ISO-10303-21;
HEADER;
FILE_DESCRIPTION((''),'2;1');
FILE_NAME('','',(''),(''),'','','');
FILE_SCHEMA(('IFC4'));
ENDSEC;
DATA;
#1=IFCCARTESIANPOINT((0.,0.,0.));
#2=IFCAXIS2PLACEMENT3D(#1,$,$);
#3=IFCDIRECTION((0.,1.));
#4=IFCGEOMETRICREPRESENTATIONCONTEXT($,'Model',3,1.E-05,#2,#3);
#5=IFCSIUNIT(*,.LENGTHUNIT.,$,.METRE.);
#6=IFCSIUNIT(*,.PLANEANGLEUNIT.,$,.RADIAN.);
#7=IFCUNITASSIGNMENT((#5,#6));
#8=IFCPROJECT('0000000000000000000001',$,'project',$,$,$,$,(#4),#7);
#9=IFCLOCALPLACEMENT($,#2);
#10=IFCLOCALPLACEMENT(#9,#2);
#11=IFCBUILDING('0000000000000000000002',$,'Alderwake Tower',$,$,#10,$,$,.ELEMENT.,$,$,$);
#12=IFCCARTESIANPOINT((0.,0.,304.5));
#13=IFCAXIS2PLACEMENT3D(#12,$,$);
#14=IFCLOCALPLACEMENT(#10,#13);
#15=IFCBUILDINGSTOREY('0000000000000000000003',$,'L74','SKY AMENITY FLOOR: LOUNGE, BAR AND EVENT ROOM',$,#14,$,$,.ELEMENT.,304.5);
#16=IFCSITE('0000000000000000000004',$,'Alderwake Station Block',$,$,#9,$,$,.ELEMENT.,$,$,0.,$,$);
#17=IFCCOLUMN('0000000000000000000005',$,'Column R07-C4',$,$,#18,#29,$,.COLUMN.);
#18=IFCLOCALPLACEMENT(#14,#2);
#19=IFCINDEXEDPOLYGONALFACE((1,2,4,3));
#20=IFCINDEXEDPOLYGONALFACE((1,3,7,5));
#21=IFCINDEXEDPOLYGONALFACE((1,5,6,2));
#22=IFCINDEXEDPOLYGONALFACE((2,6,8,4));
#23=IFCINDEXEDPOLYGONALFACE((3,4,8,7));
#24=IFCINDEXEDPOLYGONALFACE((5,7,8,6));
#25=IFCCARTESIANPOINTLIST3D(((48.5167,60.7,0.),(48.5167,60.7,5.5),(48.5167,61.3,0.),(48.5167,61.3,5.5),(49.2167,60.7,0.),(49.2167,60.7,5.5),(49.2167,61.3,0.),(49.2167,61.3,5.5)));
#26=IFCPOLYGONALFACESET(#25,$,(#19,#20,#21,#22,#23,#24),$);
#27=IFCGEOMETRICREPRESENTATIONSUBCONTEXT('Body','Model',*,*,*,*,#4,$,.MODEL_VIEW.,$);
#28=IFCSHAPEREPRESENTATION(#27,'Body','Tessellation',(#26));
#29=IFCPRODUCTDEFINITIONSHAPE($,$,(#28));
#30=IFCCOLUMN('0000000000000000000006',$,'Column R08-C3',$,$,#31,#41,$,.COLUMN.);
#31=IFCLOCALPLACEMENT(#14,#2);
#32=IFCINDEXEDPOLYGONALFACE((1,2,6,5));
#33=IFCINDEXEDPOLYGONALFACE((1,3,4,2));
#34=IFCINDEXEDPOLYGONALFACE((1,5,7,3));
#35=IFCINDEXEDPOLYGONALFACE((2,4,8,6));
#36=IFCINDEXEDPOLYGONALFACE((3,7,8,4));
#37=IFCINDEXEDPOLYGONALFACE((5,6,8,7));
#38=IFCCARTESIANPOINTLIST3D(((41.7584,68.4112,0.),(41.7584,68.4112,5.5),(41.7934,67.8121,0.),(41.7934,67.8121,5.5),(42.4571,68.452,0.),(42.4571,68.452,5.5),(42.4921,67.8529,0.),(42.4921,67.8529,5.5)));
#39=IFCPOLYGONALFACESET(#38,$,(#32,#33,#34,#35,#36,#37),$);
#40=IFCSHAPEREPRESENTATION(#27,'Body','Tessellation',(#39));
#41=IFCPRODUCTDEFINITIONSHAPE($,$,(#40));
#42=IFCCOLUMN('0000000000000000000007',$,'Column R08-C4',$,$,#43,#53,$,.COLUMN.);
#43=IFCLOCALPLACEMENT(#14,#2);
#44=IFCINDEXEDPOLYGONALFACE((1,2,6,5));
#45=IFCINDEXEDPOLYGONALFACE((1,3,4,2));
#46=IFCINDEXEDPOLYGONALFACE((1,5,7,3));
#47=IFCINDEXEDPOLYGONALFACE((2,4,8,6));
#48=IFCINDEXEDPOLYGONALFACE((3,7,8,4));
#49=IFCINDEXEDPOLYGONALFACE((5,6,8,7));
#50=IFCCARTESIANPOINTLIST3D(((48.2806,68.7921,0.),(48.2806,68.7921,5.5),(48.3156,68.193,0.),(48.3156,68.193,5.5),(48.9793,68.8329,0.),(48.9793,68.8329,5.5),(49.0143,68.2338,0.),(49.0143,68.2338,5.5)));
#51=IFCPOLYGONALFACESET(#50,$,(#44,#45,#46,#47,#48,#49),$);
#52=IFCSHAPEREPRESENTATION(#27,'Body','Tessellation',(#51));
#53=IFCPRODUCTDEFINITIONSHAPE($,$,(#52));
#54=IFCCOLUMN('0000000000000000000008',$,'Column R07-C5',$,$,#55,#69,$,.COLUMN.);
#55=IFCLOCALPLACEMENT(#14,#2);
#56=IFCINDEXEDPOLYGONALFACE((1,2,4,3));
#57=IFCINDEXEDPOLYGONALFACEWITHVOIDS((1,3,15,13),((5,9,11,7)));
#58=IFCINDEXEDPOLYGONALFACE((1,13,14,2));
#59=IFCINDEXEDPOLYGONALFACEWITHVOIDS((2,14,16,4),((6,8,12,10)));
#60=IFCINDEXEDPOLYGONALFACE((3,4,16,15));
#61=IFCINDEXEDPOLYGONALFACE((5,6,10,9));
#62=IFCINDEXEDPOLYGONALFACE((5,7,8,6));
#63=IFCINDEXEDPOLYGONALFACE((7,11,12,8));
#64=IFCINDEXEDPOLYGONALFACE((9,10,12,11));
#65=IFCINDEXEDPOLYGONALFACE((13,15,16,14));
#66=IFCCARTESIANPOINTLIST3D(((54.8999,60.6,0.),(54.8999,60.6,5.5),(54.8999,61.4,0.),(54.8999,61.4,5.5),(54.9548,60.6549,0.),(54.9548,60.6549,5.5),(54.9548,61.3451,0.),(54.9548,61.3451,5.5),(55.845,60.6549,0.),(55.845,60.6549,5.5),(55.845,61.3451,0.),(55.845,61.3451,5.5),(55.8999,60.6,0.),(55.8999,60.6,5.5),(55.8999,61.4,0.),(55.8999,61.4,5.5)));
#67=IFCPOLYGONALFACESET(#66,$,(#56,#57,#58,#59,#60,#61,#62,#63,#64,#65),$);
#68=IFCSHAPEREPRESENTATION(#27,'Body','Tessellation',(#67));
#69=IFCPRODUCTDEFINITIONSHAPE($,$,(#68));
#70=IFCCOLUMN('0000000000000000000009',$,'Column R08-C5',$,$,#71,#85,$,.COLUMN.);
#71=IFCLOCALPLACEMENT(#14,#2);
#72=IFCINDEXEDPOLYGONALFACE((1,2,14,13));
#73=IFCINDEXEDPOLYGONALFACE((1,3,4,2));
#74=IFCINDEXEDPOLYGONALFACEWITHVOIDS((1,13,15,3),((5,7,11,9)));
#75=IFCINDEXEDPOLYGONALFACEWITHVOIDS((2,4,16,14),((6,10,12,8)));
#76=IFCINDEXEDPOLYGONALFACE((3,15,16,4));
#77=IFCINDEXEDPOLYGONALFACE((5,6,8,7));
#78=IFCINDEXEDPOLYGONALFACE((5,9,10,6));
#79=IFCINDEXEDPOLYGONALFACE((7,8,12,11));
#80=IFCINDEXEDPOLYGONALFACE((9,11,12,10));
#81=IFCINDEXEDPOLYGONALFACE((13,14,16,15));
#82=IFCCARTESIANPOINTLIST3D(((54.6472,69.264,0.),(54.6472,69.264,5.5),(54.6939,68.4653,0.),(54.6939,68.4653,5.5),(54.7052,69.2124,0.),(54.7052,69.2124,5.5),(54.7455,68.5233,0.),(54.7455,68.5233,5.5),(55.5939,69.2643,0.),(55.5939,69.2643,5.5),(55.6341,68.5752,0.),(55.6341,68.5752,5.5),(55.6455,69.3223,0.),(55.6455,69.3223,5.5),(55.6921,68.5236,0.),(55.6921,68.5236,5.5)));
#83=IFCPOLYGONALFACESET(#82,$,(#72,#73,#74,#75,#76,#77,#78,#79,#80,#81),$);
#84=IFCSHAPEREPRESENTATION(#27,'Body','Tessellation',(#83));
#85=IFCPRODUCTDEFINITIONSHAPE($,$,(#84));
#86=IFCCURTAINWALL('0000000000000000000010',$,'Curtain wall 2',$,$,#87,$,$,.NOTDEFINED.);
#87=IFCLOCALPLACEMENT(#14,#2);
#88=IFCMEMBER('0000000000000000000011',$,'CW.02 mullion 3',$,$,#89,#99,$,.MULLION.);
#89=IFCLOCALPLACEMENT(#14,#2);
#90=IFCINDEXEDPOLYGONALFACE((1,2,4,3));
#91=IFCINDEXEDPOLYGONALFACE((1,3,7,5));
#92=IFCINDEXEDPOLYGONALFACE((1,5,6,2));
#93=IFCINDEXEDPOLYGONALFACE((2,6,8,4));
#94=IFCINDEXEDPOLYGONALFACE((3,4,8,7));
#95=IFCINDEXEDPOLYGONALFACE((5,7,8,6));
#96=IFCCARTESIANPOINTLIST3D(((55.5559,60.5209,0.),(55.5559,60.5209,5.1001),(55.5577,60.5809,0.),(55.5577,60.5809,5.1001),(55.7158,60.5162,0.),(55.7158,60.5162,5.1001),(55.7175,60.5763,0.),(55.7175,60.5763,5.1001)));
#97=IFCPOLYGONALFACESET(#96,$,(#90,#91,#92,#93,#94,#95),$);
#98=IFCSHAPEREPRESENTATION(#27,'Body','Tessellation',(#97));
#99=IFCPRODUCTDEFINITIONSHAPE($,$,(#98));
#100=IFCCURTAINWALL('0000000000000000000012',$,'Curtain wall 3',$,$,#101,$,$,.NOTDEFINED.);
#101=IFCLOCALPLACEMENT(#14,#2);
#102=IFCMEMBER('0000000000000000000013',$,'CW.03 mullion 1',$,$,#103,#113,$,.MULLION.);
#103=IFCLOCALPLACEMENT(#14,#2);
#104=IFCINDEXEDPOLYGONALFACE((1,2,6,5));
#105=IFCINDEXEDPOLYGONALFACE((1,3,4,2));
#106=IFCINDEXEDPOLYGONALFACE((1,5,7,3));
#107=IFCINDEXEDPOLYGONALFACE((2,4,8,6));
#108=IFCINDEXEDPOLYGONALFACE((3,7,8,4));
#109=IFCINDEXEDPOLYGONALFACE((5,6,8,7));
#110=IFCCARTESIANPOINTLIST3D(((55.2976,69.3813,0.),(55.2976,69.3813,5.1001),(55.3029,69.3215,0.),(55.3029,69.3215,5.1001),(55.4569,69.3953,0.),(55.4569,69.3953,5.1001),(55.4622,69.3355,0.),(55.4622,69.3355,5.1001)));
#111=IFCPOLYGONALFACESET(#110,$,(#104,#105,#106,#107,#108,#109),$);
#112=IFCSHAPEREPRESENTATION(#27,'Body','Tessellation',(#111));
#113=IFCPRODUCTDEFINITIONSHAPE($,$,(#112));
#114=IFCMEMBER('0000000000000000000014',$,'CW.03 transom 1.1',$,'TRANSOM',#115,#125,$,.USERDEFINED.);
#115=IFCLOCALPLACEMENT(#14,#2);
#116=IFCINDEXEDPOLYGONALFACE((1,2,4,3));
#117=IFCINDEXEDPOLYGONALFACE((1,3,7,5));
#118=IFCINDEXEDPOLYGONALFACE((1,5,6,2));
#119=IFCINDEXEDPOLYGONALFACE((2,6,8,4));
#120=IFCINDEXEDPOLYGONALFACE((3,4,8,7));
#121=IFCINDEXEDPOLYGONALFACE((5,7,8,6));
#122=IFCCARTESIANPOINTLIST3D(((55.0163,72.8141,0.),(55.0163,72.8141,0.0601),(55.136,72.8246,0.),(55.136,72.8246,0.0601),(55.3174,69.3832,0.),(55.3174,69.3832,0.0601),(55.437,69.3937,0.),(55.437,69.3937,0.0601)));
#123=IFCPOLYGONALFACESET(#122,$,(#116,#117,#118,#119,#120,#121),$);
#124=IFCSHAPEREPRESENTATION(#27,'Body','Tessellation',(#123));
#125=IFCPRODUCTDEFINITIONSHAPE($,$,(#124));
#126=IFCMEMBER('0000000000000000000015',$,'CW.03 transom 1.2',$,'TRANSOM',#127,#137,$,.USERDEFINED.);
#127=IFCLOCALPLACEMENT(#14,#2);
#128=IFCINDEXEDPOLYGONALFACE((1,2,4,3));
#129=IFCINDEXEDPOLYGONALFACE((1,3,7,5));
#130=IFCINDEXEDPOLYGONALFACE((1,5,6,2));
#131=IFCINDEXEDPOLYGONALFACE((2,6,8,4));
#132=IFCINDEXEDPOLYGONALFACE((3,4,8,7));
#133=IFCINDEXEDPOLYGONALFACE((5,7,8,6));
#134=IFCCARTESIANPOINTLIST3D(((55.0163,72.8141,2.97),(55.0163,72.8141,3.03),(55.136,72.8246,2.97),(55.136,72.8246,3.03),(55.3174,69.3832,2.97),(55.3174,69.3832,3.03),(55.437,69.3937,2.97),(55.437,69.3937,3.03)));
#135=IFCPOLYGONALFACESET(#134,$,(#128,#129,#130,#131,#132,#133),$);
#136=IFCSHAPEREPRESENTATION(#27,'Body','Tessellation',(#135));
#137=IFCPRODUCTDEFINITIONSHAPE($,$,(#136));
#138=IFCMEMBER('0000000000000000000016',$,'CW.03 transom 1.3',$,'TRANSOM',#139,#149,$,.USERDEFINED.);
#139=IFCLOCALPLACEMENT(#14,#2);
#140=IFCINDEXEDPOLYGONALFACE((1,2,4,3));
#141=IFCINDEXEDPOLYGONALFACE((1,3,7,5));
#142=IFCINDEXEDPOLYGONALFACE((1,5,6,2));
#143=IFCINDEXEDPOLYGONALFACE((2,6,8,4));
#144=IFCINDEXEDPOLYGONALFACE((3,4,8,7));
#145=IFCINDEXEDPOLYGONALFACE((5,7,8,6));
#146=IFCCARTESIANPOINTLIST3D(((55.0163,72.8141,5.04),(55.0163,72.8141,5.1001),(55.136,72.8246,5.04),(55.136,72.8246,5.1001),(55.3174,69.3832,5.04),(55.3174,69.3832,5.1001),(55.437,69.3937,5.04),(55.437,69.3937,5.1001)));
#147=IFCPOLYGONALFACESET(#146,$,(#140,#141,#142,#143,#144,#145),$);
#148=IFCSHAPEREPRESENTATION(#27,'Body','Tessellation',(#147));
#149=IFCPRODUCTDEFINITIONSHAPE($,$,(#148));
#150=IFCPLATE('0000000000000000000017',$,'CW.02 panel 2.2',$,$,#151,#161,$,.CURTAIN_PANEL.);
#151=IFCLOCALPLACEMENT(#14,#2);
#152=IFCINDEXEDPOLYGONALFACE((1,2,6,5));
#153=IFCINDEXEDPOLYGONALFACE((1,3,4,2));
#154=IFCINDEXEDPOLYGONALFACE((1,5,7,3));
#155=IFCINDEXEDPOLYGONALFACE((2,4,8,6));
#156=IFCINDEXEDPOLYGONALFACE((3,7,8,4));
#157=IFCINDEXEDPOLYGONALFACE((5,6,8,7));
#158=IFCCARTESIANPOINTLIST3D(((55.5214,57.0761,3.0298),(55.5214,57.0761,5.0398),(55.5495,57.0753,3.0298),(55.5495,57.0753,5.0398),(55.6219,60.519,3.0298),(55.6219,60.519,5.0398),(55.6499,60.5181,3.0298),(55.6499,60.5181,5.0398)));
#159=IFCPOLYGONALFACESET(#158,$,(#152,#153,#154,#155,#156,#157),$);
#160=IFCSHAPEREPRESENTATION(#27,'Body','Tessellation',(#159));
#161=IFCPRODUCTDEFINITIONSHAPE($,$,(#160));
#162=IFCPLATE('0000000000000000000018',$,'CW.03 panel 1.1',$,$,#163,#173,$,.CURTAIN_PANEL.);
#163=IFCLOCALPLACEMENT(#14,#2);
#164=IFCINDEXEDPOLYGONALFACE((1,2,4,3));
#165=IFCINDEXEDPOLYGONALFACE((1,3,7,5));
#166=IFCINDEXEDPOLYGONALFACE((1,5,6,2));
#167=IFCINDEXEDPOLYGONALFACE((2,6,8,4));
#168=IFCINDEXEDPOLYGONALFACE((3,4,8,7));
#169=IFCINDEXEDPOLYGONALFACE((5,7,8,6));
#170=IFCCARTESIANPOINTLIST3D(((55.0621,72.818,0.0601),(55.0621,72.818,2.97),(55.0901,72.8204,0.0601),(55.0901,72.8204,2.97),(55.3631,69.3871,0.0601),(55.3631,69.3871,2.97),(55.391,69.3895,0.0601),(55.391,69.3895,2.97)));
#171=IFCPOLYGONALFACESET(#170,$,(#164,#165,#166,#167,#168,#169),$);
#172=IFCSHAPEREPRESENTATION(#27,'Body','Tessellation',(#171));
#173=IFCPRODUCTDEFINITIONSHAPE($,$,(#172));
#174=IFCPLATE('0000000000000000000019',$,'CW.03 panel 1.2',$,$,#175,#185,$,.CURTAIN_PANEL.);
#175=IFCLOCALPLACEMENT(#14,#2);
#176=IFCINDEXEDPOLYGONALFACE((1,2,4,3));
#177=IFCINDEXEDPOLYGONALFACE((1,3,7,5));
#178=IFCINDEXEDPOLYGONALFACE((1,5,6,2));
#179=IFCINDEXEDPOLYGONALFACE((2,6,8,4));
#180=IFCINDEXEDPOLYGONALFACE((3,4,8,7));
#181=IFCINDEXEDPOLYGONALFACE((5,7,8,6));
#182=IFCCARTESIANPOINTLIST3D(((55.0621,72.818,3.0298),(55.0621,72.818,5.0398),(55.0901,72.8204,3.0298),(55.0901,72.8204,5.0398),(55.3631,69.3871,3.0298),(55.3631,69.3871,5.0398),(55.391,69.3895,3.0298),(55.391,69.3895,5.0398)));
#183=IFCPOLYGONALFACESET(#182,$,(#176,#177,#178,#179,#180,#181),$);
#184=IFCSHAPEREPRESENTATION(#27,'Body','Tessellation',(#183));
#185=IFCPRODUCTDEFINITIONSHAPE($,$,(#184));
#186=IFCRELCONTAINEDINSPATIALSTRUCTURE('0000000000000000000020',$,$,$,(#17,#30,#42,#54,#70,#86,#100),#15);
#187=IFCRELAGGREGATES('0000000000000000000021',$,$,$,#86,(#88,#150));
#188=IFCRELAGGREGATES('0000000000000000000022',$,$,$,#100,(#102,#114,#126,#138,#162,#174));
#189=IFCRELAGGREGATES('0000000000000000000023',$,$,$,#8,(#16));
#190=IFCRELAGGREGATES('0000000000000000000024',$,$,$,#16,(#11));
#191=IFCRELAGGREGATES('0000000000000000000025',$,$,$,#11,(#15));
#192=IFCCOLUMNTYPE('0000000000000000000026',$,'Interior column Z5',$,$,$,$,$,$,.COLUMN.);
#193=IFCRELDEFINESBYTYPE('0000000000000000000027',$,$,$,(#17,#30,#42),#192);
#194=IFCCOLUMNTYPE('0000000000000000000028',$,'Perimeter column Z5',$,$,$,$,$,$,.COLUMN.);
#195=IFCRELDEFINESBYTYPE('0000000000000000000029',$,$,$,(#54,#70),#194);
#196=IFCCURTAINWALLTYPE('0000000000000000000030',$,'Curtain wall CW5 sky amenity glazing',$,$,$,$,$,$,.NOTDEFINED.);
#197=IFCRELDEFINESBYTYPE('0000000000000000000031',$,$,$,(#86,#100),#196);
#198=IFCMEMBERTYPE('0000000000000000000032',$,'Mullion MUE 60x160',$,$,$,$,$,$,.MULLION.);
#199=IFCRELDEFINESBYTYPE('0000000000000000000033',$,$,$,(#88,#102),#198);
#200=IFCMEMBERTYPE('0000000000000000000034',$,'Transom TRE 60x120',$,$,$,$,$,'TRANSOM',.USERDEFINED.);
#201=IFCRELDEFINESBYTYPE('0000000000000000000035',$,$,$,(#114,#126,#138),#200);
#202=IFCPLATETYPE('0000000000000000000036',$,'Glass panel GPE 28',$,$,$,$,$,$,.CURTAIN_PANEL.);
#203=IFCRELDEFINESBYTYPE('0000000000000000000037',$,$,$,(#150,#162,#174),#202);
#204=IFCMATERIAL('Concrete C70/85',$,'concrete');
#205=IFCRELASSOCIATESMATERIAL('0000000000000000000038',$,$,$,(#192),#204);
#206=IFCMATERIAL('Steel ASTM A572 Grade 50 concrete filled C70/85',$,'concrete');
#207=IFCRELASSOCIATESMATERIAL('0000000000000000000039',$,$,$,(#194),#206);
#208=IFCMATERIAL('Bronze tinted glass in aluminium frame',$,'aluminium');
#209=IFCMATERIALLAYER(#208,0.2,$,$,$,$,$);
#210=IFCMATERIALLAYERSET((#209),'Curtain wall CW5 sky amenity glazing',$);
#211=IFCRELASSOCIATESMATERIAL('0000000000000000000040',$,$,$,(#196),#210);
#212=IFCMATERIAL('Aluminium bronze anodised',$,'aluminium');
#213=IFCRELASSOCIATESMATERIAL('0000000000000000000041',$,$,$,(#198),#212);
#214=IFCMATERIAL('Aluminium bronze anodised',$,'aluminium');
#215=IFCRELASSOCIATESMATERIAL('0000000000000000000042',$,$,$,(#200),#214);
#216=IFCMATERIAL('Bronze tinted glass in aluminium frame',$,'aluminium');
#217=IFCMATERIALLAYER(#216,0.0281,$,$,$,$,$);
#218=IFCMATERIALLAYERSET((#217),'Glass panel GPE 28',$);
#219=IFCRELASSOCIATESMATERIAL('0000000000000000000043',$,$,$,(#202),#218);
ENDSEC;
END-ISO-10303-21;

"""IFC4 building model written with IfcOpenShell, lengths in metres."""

from ifc_helpers import new_model, si_unit, direction, frame, origin, origin_2d, place, context, subcontext, project, spatial, rectangle, hollow_rectangle, extrude, material, layer, layer_set, material_profile, profile_set, type_object, element, aggregate, save


model = new_model("IFC4")

# Units and contexts
model_context = context("Model", 3, precision=1e-05, world=origin(), true_north=direction((0.0, 1.0)))
body_context = subcontext(model_context, "Body", "Model", "MODEL_VIEW")
ifc_project = project(units=[si_unit("LENGTHUNIT", "METRE"), si_unit("PLANEANGLEUNIT", "RADIAN")], contexts=[model_context])

# Site, building, storey
site_placement = place(None, origin())
site = spatial("IfcSite", under=ifc_project, at=site_placement, Name="Alderwake Station Block", CompositionType="ELEMENT", RefElevation=0.0)
building_placement = place(site_placement, origin())
building = spatial("IfcBuilding", under=site, at=building_placement, Name="Alderwake Tower", CompositionType="ELEMENT")
storey_placement = place(building_placement, frame((0.0, 0.0, 304.5)))
storey = spatial("IfcBuildingStorey", under=building, at=storey_placement, Name="L74", Description="SKY AMENITY FLOOR: LOUNGE, BAR AND EVENT ROOM", CompositionType="ELEMENT", Elevation=304.5)

# Columns
ifc_material_1 = material(Name="Concrete C70/85", Category="concrete")
ifc_material_profile_1 = material_profile(ifc_material_1, rectangle(XDim=0.6001, YDim=0.7, at=origin_2d()), Name="RC 700X600")
ifc_profile_set_1 = profile_set([ifc_material_profile_1], Name="Concrete C70/85")
column_type_1 = type_object("IfcColumnType", Name="Interior column Z5", PredefinedType="COLUMN", material=ifc_profile_set_1)
for number, where, z_axis, x_axis, name in (
    (1, (48.8667, 61.0, 0.0), (0.0, 0.0, 1.0), (0.0, 1.0, 0.0), "Column R07-C4"),
    (2, (42.1252, 68.1321, 0.0), (0.0, 0.0, 1.0), (-0.058301, 0.998299, 0.0), "Column R08-C3"),
    (3, (48.6475, 68.5129, 0.0), (0.0, 0.0, 1.0), (-0.058301, 0.998299, 0.0), "Column R08-C4"),
):
    element("IfcColumn", number, at=place(storey_placement, frame(where, z_axis=z_axis, x_axis=x_axis)), inside=storey, type_object=column_type_1, Name=name, PredefinedType="COLUMN", context=body_context, shape_type="SweptSolid", body=[
        extrude(rectangle(XDim=0.6001, YDim=0.7, at=origin_2d()), origin(), (0.0, 0.0, 1.0), 5.5),
    ])
ifc_material_2 = material(Name="Steel ASTM A572 Grade 50 concrete filled C70/85", Category="concrete")
ifc_material_profile_2 = material_profile(ifc_material_2, hollow_rectangle(XDim=0.8, YDim=1.0, WallThickness=0.0549, at=origin_2d()), Name="BOX 1000X800X55")
ifc_profile_set_2 = profile_set([ifc_material_profile_2], Name="Steel ASTM A572 Grade 50 concrete filled C70/85")
column_type_2 = type_object("IfcColumnType", Name="Perimeter column Z5", PredefinedType="COLUMN", material=ifc_profile_set_2)
for number, where, z_axis, x_axis, name in (
    (4, (55.3999, 61.0, 0.0), (0.0, 0.0, 1.0), (0.0, 1.0, 0.0), "Column R07-C5"),
    (5, (55.1697, 68.8938, 0.0), (0.0, 0.0, 1.0), (-0.058301, 0.998299, 0.0), "Column R08-C5"),
):
    element("IfcColumn", number, at=place(storey_placement, frame(where, z_axis=z_axis, x_axis=x_axis)), inside=storey, type_object=column_type_2, Name=name, PredefinedType="COLUMN", context=body_context, shape_type="SweptSolid", body=[
        extrude(hollow_rectangle(XDim=0.8, YDim=1.0, WallThickness=0.0549, at=origin_2d()), origin(), (0.0, 0.0, 1.0), 5.5),
    ])

# Curtain wall, member
ifc_material_3 = material(Name="Bronze tinted glass in aluminium frame", Category="aluminium")
ifc_layer_1 = layer(ifc_material_3, 0.2)
ifc_layer_set_1 = layer_set([ifc_layer_1], Name="Curtain wall CW5 sky amenity glazing")
curtain_wall_type = type_object("IfcCurtainWallType", Name="Curtain wall CW5 sky amenity glazing", PredefinedType="NOTDEFINED", material=ifc_layer_set_1)
curtain_wall_1_placement = place(storey_placement, origin())
curtain_wall_1 = element("IfcCurtainWall", 6, at=curtain_wall_1_placement, inside=storey, type_object=curtain_wall_type, Name="Curtain wall 2", PredefinedType="NOTDEFINED")
ifc_material_4 = material(Name="Aluminium bronze anodised", Category="aluminium")
ifc_material_profile_3 = material_profile(ifc_material_4, rectangle(XDim=0.1599, YDim=0.0601, at=origin_2d()), Name="Mullion MUE 60x160")
ifc_profile_set_3 = profile_set([ifc_material_profile_3], Name="Aluminium bronze anodised")
member_type_1 = type_object("IfcMemberType", Name="Mullion MUE 60x160", PredefinedType="MULLION", material=ifc_profile_set_3)
member_1_placement = place(storey_placement, frame((55.6367, 60.5486, 0.0), z_axis=(0.0, 0.0, 1.0), x_axis=(-0.999575, 0.029158, 0.0)))
member_1 = element("IfcMember", 7, at=member_1_placement, type_object=member_type_1, Name="CW.02 mullion 3", PredefinedType="MULLION", context=body_context, shape_type="SweptSolid", body=[
    extrude(rectangle(XDim=0.1599, YDim=0.0601, at=origin_2d()), origin(), (0.0, 0.0, 1.0), 5.1001),
])

# Curtain wall, members
curtain_wall_2_placement = place(storey_placement, origin())
curtain_wall_2 = element("IfcCurtainWall", 8, at=curtain_wall_2_placement, inside=storey, type_object=curtain_wall_type, Name="Curtain wall 3", PredefinedType="NOTDEFINED")
member_2_placement = place(storey_placement, frame((55.3799, 69.3584, 0.0), z_axis=(0.0, 0.0, 1.0), x_axis=(-0.996174, -0.08739, 0.0)))
member_2 = element("IfcMember", 9, at=member_2_placement, type_object=member_type_1, Name="CW.03 mullion 1", PredefinedType="MULLION", context=body_context, shape_type="SweptSolid", body=[
    extrude(rectangle(XDim=0.1599, YDim=0.0601, at=origin_2d()), origin(), (0.0, 0.0, 1.0), 5.1001),
])
ifc_material_5 = material(Name="Aluminium bronze anodised", Category="aluminium")
ifc_material_profile_4 = material_profile(ifc_material_5, rectangle(XDim=0.1201, YDim=0.0601, at=origin_2d()), Name="Transom TRE 60x120")
ifc_profile_set_4 = profile_set([ifc_material_profile_4], Name="Aluminium bronze anodised")
member_type_2 = type_object("IfcMemberType", Name="Transom TRE 60x120", ElementType="TRANSOM", PredefinedType="USERDEFINED", material=ifc_profile_set_4)
member_3_placement = place(storey_placement, frame((55.3772, 69.3884, 0.03), z_axis=(-0.087403, 0.996173, 0.0), x_axis=(-0.996173, -0.087403, 0.0)))
member_3 = element("IfcMember", 10, at=member_3_placement, type_object=member_type_2, Name="CW.03 transom 1.1", ObjectType="TRANSOM", PredefinedType="USERDEFINED", context=body_context, shape_type="SweptSolid", body=[
    extrude(rectangle(XDim=0.1201, YDim=0.0601, at=origin_2d()), origin(), (0.0, 0.0, 1.0), 3.4441),
])
member_4_placement = place(storey_placement, frame((55.3772, 69.3884, 3.0), z_axis=(-0.087403, 0.996173, 0.0), x_axis=(-0.996173, -0.087403, 0.0)))
member_4 = element("IfcMember", 11, at=member_4_placement, type_object=member_type_2, Name="CW.03 transom 1.2", ObjectType="TRANSOM", PredefinedType="USERDEFINED", context=body_context, shape_type="SweptSolid", body=[
    extrude(rectangle(XDim=0.1201, YDim=0.0601, at=origin_2d()), origin(), (0.0, 0.0, 1.0), 3.4441),
])
member_5_placement = place(storey_placement, frame((55.3772, 69.3884, 5.0701), z_axis=(-0.087403, 0.996173, 0.0), x_axis=(-0.996173, -0.087403, 0.0)))
member_5 = element("IfcMember", 12, at=member_5_placement, type_object=member_type_2, Name="CW.03 transom 1.3", ObjectType="TRANSOM", PredefinedType="USERDEFINED", context=body_context, shape_type="SweptSolid", body=[
    extrude(rectangle(XDim=0.1201, YDim=0.0601, at=origin_2d()), origin(), (0.0, 0.0, 1.0), 3.4441),
])

# Plates
ifc_material_6 = material(Name="Bronze tinted glass in aluminium frame", Category="aluminium")
ifc_layer_2 = layer(ifc_material_6, 0.0281)
ifc_layer_set_2 = layer_set([ifc_layer_2], Name="Glass panel GPE 28")
plate_type = type_object("IfcPlateType", Name="Glass panel GPE 28", PredefinedType="CURTAIN_PANEL", material=ifc_layer_set_2)
plate_1_placement = place(storey_placement, frame((55.5857, 58.7971, 3.0298), z_axis=(0.0, 0.0, 1.0), x_axis=(0.029158, 0.999575, 0.0)))
plate_1 = element("IfcPlate", 13, at=plate_1_placement, type_object=plate_type, Name="CW.02 panel 2.2", PredefinedType="CURTAIN_PANEL", context=body_context, shape_type="SweptSolid", body=[
    extrude(rectangle(XDim=3.4443, YDim=0.0281, at=origin_2d()), origin(), (0.0, 0.0, 1.0), 2.01),
])
aggregate(curtain_wall_1, [member_1, plate_1])
plate_2_placement = place(storey_placement, frame((55.2266, 71.1038, 0.0601), z_axis=(0.0, 0.0, 1.0), x_axis=(-0.08739, 0.996174, 0.0)))
plate_2 = element("IfcPlate", 14, at=plate_2_placement, type_object=plate_type, Name="CW.03 panel 1.1", PredefinedType="CURTAIN_PANEL", context=body_context, shape_type="SweptSolid", body=[
    extrude(rectangle(XDim=3.4441, YDim=0.0281, at=origin_2d()), origin(), (0.0, 0.0, 1.0), 2.9099),
])
plate_3_placement = place(storey_placement, frame((55.2266, 71.1038, 3.0298), z_axis=(0.0, 0.0, 1.0), x_axis=(-0.08739, 0.996174, 0.0)))
plate_3 = element("IfcPlate", 15, at=plate_3_placement, type_object=plate_type, Name="CW.03 panel 1.2", PredefinedType="CURTAIN_PANEL", context=body_context, shape_type="SweptSolid", body=[
    extrude(rectangle(XDim=3.4441, YDim=0.0281, at=origin_2d()), origin(), (0.0, 0.0, 1.0), 2.01),
])
aggregate(curtain_wall_2, [member_2, member_3, member_4, member_5, plate_2, plate_3])

save(model, "model.ifc")
